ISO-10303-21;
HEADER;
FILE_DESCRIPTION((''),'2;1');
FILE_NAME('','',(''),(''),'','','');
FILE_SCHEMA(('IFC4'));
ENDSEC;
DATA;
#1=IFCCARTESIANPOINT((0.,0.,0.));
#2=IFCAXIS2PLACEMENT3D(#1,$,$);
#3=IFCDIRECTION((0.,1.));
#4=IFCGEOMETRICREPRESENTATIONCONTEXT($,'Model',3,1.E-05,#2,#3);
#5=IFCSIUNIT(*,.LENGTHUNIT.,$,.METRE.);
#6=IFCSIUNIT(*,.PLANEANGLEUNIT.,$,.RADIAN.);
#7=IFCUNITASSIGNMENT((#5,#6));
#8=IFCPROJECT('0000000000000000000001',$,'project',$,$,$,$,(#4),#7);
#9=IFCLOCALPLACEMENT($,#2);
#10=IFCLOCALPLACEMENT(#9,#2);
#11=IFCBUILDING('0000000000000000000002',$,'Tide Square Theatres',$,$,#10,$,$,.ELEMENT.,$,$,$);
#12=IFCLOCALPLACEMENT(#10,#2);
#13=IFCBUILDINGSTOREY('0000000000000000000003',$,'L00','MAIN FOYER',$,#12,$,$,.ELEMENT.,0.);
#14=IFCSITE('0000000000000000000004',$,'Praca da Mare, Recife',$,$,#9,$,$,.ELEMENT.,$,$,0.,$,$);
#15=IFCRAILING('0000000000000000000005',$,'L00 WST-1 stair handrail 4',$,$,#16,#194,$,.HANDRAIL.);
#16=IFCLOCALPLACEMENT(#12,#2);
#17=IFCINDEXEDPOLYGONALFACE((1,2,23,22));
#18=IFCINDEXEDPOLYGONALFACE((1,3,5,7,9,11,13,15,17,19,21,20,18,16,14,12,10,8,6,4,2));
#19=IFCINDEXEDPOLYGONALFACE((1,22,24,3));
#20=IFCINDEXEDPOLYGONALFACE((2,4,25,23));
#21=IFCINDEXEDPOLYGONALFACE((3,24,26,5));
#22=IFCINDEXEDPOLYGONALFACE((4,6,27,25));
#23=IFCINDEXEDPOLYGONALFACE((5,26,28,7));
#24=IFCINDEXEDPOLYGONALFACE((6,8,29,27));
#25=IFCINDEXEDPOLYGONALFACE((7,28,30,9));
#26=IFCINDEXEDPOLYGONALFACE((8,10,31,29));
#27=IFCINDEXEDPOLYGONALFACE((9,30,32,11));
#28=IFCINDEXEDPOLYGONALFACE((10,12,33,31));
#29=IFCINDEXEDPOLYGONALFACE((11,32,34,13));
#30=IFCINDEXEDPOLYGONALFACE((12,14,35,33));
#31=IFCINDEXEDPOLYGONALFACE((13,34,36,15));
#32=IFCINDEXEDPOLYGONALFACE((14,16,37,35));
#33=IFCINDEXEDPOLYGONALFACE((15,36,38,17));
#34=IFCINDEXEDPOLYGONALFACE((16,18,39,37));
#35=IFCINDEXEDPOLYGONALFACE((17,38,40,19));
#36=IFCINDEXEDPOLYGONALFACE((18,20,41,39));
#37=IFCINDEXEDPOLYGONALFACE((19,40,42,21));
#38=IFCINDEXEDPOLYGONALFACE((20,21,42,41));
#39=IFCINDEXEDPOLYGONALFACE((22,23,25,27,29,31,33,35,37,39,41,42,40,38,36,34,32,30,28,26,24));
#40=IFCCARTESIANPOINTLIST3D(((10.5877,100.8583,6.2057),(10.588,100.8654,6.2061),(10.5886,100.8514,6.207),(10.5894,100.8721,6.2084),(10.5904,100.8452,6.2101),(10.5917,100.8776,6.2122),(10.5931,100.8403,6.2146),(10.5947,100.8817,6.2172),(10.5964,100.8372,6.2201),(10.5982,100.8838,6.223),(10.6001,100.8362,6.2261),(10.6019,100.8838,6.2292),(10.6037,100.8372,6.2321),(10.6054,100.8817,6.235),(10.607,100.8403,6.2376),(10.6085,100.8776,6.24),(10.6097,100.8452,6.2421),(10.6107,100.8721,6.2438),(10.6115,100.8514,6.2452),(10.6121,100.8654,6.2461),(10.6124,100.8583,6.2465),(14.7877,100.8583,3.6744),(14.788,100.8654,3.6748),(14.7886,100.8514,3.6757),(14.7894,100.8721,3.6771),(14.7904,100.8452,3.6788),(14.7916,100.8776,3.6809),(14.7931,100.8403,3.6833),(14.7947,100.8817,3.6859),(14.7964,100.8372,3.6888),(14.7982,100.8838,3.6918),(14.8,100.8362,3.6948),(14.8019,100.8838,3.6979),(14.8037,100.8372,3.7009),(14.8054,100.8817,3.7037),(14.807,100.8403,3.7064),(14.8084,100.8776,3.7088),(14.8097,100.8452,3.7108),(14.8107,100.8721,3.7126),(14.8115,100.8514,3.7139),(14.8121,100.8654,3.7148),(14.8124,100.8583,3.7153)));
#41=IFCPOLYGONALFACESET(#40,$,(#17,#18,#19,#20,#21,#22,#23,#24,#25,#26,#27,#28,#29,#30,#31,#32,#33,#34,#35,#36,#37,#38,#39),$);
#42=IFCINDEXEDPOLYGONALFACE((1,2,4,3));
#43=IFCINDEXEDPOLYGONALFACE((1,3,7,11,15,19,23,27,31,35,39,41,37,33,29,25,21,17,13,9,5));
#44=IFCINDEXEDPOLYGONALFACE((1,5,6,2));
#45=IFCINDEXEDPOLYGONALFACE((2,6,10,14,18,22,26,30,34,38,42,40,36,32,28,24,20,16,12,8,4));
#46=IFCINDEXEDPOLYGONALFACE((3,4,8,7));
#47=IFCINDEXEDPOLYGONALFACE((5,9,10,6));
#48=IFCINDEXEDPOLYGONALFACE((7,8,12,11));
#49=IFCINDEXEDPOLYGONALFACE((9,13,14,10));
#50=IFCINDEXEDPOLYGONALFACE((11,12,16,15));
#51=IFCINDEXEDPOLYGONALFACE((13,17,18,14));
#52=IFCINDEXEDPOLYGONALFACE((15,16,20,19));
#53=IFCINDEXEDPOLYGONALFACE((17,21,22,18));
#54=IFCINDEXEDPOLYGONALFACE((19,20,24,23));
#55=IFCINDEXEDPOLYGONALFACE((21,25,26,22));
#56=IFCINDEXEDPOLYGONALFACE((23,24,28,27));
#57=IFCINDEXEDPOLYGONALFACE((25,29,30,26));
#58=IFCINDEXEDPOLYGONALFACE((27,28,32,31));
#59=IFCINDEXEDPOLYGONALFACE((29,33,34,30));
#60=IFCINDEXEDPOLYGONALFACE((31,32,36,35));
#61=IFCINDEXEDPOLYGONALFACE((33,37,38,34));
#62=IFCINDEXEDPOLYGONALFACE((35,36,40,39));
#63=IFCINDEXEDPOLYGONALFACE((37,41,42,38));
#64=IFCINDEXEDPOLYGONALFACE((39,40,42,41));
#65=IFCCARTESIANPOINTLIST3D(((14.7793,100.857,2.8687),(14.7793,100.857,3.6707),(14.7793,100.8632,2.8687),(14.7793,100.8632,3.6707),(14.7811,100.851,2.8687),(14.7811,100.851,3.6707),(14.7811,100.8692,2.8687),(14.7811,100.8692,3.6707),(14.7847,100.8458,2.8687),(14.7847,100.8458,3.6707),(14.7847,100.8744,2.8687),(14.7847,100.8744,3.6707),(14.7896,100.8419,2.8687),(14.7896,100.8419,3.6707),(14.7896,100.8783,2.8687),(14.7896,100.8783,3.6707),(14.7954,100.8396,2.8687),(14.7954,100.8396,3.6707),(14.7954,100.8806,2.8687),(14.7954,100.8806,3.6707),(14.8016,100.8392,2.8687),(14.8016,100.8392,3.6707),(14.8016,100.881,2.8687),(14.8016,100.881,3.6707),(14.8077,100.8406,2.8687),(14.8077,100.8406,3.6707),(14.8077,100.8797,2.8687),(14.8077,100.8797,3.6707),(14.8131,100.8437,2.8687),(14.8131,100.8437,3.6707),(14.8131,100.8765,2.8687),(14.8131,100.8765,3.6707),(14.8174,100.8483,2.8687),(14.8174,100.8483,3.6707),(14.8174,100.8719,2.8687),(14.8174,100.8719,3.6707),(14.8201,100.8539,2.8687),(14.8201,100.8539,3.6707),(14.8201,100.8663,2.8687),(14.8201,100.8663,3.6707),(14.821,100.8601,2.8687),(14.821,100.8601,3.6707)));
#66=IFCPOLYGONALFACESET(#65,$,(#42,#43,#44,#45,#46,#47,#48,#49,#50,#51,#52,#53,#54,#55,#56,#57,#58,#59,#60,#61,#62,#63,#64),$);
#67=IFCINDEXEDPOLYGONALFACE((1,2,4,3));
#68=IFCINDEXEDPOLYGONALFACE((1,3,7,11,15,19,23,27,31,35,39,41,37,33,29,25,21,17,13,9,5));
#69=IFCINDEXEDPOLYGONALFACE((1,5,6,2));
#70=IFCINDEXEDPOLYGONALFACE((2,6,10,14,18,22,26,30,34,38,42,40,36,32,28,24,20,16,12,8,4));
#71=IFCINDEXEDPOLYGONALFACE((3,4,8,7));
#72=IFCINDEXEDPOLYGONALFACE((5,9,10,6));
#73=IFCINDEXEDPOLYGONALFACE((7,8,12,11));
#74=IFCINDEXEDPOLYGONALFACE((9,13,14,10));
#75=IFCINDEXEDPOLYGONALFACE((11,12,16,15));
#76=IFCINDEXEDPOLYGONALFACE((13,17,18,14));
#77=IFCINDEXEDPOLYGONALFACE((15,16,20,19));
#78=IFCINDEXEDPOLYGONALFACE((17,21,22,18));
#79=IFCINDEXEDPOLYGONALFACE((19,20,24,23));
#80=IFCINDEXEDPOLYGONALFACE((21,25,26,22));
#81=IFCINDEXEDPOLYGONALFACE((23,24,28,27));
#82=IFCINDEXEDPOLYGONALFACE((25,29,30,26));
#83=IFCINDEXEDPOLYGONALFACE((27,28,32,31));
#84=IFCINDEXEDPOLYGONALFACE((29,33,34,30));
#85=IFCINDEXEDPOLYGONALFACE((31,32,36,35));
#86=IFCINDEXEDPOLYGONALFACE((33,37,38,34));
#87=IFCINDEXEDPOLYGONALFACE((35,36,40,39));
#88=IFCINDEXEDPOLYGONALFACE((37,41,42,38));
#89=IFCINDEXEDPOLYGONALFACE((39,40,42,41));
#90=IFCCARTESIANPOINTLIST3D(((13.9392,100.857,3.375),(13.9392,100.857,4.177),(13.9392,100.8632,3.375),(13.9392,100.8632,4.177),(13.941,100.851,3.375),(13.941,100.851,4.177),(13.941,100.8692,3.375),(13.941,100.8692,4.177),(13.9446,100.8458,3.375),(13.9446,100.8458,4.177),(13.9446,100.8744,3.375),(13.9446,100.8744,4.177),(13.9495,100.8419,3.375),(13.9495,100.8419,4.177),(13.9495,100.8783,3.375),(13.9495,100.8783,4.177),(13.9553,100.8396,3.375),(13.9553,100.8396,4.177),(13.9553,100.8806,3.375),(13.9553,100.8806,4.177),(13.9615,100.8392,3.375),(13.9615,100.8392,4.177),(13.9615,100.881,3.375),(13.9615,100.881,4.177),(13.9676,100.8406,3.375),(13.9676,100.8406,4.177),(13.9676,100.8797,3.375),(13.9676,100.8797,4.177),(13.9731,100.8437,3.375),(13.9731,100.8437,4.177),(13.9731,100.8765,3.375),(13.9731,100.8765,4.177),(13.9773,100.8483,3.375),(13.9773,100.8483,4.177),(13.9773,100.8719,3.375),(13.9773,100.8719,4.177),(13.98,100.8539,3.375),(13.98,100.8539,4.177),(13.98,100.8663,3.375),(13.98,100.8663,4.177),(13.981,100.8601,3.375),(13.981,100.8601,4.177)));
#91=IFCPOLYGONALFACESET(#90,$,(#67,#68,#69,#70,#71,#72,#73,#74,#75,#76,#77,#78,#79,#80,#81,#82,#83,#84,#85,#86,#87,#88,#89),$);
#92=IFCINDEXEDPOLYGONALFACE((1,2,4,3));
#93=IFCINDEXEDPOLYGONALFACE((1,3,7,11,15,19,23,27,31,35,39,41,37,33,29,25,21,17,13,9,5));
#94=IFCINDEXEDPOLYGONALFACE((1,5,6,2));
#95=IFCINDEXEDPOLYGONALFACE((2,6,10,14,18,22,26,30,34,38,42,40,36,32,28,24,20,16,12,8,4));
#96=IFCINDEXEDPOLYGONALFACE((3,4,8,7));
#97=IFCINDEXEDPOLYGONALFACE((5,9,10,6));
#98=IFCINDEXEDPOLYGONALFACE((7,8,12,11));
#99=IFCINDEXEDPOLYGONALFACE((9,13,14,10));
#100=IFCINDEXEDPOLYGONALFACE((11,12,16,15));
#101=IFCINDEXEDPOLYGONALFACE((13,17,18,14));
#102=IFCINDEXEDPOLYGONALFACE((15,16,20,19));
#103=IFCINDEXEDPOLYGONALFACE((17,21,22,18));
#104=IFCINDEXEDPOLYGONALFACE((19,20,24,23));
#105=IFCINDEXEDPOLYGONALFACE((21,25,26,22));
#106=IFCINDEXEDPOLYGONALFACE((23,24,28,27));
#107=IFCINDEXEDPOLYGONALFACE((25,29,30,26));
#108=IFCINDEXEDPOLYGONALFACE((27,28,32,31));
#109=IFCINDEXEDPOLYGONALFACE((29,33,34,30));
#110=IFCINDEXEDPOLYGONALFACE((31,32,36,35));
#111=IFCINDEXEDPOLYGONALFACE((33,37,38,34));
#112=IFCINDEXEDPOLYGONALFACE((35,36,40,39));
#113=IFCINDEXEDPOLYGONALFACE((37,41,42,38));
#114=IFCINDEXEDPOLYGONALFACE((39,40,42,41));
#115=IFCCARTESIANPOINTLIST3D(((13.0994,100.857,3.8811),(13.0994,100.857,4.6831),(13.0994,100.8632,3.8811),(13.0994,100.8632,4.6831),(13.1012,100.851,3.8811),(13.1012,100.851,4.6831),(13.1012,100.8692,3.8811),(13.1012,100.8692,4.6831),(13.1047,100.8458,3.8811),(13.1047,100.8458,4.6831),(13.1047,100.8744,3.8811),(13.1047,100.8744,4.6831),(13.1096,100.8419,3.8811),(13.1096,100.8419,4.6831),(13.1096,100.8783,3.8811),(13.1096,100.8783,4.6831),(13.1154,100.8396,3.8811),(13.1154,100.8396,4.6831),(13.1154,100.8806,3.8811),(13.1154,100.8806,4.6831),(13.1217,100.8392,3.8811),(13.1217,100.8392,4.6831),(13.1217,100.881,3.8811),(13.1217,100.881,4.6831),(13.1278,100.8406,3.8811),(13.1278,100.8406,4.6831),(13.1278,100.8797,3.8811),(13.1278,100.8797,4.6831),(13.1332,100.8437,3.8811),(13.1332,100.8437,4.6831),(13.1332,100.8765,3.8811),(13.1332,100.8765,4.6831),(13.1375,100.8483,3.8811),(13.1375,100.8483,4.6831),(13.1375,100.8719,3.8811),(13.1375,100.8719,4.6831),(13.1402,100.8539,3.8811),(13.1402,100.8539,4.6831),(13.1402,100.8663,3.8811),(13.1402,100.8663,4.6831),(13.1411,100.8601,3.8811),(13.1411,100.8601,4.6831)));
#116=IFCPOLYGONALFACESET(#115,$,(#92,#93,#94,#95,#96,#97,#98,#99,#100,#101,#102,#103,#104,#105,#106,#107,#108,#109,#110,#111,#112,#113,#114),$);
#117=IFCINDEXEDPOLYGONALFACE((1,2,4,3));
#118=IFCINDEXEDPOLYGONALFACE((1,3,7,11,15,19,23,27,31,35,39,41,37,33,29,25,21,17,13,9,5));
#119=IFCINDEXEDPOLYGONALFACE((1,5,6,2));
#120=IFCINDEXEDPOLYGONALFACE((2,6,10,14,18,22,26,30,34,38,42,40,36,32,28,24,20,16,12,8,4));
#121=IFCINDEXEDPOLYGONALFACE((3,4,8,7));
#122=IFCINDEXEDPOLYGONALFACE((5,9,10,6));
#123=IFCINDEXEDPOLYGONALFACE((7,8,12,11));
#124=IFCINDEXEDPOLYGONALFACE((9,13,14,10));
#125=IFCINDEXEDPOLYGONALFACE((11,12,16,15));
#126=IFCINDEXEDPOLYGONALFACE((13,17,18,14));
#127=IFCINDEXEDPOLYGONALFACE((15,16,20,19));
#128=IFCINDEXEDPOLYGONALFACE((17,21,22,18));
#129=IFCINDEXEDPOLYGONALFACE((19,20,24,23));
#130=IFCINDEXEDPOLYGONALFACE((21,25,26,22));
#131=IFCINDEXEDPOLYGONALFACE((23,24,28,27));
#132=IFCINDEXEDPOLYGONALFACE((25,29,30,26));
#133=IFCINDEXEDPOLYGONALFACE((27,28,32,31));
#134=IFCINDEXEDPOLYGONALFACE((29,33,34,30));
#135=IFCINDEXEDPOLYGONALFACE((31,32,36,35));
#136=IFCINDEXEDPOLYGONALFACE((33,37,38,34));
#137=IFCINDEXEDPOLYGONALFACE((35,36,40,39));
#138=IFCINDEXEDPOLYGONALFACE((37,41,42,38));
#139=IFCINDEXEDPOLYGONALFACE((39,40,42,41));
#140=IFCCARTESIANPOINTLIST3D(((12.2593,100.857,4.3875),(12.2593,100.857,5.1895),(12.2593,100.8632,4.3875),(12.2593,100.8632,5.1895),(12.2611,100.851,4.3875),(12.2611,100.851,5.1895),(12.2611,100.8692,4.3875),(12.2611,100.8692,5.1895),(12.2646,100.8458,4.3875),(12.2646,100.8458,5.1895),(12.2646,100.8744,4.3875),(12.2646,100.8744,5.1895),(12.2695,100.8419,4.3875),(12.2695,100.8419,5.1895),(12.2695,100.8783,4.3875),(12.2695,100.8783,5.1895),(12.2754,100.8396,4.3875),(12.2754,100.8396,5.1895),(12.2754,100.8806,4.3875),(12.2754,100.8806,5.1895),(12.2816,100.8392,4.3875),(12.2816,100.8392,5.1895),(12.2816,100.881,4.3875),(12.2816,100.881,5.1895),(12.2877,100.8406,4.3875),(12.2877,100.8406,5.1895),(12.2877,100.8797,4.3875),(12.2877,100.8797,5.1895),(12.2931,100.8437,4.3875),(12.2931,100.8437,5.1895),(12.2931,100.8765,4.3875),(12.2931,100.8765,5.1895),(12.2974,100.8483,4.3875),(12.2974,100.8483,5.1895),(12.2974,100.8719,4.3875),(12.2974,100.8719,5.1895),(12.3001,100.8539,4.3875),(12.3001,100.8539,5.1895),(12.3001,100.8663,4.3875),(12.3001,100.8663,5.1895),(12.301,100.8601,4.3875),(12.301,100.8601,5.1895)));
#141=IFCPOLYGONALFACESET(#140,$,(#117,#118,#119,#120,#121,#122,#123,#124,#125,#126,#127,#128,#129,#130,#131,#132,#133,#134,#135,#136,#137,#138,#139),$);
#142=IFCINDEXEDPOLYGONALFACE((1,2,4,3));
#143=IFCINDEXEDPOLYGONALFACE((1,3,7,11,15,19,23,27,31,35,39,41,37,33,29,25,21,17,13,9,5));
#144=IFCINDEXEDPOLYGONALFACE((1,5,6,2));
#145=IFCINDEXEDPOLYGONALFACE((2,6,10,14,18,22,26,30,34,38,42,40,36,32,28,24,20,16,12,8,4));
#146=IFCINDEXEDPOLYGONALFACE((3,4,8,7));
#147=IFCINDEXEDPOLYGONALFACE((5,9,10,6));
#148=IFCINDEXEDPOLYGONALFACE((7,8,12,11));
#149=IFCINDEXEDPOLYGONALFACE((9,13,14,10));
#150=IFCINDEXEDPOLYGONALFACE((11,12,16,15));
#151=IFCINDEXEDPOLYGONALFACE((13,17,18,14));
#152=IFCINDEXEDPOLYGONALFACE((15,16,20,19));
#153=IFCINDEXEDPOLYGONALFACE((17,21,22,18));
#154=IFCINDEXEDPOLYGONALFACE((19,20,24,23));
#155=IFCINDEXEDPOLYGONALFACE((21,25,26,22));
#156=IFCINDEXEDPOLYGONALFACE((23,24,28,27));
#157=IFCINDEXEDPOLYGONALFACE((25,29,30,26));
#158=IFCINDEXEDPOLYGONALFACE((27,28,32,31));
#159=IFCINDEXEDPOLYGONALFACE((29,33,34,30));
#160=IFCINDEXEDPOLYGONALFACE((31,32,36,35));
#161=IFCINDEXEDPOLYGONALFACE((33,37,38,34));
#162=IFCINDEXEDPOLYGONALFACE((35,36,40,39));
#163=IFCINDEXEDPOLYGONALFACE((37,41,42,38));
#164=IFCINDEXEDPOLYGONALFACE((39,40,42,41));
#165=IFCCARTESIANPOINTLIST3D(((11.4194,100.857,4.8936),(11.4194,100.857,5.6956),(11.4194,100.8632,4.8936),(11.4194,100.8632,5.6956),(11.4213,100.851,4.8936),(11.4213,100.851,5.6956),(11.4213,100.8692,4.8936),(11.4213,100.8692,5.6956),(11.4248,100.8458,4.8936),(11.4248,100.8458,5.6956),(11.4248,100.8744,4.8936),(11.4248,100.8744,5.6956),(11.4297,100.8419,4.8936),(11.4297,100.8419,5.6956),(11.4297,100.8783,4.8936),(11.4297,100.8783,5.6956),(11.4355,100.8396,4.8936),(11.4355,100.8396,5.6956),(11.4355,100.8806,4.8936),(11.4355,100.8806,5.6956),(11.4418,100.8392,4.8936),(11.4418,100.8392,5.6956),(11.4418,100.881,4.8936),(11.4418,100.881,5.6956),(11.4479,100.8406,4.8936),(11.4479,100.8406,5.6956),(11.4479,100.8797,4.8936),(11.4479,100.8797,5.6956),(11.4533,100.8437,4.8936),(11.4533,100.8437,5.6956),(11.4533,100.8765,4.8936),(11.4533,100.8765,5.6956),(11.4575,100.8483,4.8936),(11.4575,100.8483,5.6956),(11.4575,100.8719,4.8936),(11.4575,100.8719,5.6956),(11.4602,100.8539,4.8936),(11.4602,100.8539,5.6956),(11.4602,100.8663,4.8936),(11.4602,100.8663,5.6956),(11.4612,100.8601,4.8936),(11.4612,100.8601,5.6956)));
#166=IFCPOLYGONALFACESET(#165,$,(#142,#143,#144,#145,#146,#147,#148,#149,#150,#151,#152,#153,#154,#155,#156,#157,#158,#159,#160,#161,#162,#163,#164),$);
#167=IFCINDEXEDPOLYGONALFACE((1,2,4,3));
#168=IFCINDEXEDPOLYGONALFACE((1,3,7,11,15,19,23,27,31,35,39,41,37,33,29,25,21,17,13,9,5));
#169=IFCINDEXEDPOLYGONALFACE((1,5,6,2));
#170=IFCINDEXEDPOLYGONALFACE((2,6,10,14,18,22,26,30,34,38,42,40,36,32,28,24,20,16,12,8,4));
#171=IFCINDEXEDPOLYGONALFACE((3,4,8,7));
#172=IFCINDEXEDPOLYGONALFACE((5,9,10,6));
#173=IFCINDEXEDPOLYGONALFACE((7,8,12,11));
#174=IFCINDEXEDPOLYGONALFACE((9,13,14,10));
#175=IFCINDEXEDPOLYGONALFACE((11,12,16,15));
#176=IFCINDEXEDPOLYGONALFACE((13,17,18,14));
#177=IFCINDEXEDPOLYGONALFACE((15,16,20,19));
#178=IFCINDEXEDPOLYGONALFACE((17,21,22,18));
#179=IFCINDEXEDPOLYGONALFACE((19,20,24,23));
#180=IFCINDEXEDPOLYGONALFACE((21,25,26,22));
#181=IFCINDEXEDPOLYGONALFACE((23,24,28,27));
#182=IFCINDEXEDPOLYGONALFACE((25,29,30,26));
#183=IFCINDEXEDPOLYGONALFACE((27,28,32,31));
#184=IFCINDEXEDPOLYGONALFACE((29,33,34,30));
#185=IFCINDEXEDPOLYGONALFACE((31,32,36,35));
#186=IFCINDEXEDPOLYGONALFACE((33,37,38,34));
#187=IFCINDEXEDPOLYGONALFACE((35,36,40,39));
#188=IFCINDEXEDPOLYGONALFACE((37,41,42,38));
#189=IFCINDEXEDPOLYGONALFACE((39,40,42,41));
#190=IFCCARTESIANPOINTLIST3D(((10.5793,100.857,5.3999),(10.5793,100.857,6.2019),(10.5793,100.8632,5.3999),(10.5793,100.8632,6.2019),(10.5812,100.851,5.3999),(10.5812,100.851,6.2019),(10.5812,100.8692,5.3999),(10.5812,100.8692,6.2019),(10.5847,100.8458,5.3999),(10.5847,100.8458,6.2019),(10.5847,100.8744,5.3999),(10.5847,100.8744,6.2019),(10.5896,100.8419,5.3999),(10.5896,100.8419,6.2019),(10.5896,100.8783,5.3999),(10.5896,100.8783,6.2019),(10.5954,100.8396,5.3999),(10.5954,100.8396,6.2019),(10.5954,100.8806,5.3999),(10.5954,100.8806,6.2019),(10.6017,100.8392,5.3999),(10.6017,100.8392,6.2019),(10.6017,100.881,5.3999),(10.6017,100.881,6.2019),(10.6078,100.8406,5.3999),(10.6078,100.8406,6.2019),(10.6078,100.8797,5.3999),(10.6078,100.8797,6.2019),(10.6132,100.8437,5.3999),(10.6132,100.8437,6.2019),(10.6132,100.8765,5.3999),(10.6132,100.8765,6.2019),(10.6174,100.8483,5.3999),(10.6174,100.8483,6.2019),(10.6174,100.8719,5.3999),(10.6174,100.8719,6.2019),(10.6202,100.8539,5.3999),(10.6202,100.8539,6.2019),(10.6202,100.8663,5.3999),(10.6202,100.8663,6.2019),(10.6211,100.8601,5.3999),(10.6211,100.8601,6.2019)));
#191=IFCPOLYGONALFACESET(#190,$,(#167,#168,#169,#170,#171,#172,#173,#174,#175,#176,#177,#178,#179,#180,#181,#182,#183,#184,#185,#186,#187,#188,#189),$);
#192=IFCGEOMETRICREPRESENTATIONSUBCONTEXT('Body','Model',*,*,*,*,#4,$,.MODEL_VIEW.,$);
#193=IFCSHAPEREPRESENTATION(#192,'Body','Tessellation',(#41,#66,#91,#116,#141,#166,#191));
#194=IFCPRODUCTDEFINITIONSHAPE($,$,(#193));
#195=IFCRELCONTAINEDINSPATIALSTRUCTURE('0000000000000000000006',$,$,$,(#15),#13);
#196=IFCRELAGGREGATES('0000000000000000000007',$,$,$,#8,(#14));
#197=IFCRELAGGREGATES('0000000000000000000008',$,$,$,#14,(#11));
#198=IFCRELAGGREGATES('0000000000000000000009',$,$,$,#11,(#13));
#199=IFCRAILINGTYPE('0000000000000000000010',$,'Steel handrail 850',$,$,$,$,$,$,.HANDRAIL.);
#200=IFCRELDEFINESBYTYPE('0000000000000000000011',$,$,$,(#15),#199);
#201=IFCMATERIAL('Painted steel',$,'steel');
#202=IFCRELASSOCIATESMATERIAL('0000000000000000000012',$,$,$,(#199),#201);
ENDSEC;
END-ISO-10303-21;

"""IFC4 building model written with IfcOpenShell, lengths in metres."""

from ifc_helpers import new_model, si_unit, direction, frame, origin, origin_2d, place, context, subcontext, project, spatial, circle, extrude, material, type_object, element, save


model = new_model("IFC4")

# Units and contexts
model_context = context("Model", 3, precision=1e-05, world=origin(), true_north=direction((0.0, 1.0)))
body_context = subcontext(model_context, "Body", "Model", "MODEL_VIEW")
ifc_project = project(units=[si_unit("LENGTHUNIT", "METRE"), si_unit("PLANEANGLEUNIT", "RADIAN")], contexts=[model_context])

# Site, building, storey
site_placement = place(None, origin())
site = spatial("IfcSite", under=ifc_project, at=site_placement, Name="Praca da Mare, Recife", CompositionType="ELEMENT", RefElevation=0.0)
building_placement = place(site_placement, origin())
building = spatial("IfcBuilding", under=site, at=building_placement, Name="Tide Square Theatres", CompositionType="ELEMENT")
storey_placement = place(building_placement, origin())
storey = spatial("IfcBuildingStorey", under=building, at=storey_placement, Name="L00", Description="MAIN FOYER", CompositionType="ELEMENT", Elevation=0.0)

# Railing
ifc_material_1 = material(Name="Painted steel", Category="steel")
railing_type_1 = type_object("IfcRailingType", Name="Steel handrail 850", PredefinedType="HANDRAIL", material=ifc_material_1)
railing_1_placement = place(storey_placement, frame((14.8, 100.8601, 2.8687)))
element("IfcRailing", 1, at=railing_1_placement, inside=storey, type_object=railing_type_1, Name="L00 WST-1 stair handrail 4", PredefinedType="HANDRAIL", context=body_context, shape_type="SweptSolid", body=[
    extrude(circle(Radius=0.0239, at=origin_2d()), frame((0.0, 0.0, 0.8262), z_axis=(-0.856476, 0.0, 0.516186), x_axis=(0.0, -1.0, 0.0)), (0.0, 0.0, 1.0), 4.9038),
    extrude(circle(Radius=0.021, at=origin_2d()), origin(), (0.0, 0.0, 1.0), 0.802),
    extrude(circle(Radius=0.021, at=origin_2d()), frame((-0.8401, 0.0, 0.5063)), (0.0, 0.0, 1.0), 0.802),
    extrude(circle(Radius=0.021, at=origin_2d()), frame((-1.6799, 0.0, 1.0125)), (0.0, 0.0, 1.0), 0.802),
    extrude(circle(Radius=0.021, at=origin_2d()), frame((-2.52, 0.0, 1.5188)), (0.0, 0.0, 1.0), 0.802),
    extrude(circle(Radius=0.021, at=origin_2d()), frame((-3.3599, 0.0, 2.0249)), (0.0, 0.0, 1.0), 0.802),
    extrude(circle(Radius=0.021, at=origin_2d()), frame((-4.2, 0.0, 2.5312)), (0.0, 0.0, 1.0), 0.802),
])

save(model, "model.ifc")
